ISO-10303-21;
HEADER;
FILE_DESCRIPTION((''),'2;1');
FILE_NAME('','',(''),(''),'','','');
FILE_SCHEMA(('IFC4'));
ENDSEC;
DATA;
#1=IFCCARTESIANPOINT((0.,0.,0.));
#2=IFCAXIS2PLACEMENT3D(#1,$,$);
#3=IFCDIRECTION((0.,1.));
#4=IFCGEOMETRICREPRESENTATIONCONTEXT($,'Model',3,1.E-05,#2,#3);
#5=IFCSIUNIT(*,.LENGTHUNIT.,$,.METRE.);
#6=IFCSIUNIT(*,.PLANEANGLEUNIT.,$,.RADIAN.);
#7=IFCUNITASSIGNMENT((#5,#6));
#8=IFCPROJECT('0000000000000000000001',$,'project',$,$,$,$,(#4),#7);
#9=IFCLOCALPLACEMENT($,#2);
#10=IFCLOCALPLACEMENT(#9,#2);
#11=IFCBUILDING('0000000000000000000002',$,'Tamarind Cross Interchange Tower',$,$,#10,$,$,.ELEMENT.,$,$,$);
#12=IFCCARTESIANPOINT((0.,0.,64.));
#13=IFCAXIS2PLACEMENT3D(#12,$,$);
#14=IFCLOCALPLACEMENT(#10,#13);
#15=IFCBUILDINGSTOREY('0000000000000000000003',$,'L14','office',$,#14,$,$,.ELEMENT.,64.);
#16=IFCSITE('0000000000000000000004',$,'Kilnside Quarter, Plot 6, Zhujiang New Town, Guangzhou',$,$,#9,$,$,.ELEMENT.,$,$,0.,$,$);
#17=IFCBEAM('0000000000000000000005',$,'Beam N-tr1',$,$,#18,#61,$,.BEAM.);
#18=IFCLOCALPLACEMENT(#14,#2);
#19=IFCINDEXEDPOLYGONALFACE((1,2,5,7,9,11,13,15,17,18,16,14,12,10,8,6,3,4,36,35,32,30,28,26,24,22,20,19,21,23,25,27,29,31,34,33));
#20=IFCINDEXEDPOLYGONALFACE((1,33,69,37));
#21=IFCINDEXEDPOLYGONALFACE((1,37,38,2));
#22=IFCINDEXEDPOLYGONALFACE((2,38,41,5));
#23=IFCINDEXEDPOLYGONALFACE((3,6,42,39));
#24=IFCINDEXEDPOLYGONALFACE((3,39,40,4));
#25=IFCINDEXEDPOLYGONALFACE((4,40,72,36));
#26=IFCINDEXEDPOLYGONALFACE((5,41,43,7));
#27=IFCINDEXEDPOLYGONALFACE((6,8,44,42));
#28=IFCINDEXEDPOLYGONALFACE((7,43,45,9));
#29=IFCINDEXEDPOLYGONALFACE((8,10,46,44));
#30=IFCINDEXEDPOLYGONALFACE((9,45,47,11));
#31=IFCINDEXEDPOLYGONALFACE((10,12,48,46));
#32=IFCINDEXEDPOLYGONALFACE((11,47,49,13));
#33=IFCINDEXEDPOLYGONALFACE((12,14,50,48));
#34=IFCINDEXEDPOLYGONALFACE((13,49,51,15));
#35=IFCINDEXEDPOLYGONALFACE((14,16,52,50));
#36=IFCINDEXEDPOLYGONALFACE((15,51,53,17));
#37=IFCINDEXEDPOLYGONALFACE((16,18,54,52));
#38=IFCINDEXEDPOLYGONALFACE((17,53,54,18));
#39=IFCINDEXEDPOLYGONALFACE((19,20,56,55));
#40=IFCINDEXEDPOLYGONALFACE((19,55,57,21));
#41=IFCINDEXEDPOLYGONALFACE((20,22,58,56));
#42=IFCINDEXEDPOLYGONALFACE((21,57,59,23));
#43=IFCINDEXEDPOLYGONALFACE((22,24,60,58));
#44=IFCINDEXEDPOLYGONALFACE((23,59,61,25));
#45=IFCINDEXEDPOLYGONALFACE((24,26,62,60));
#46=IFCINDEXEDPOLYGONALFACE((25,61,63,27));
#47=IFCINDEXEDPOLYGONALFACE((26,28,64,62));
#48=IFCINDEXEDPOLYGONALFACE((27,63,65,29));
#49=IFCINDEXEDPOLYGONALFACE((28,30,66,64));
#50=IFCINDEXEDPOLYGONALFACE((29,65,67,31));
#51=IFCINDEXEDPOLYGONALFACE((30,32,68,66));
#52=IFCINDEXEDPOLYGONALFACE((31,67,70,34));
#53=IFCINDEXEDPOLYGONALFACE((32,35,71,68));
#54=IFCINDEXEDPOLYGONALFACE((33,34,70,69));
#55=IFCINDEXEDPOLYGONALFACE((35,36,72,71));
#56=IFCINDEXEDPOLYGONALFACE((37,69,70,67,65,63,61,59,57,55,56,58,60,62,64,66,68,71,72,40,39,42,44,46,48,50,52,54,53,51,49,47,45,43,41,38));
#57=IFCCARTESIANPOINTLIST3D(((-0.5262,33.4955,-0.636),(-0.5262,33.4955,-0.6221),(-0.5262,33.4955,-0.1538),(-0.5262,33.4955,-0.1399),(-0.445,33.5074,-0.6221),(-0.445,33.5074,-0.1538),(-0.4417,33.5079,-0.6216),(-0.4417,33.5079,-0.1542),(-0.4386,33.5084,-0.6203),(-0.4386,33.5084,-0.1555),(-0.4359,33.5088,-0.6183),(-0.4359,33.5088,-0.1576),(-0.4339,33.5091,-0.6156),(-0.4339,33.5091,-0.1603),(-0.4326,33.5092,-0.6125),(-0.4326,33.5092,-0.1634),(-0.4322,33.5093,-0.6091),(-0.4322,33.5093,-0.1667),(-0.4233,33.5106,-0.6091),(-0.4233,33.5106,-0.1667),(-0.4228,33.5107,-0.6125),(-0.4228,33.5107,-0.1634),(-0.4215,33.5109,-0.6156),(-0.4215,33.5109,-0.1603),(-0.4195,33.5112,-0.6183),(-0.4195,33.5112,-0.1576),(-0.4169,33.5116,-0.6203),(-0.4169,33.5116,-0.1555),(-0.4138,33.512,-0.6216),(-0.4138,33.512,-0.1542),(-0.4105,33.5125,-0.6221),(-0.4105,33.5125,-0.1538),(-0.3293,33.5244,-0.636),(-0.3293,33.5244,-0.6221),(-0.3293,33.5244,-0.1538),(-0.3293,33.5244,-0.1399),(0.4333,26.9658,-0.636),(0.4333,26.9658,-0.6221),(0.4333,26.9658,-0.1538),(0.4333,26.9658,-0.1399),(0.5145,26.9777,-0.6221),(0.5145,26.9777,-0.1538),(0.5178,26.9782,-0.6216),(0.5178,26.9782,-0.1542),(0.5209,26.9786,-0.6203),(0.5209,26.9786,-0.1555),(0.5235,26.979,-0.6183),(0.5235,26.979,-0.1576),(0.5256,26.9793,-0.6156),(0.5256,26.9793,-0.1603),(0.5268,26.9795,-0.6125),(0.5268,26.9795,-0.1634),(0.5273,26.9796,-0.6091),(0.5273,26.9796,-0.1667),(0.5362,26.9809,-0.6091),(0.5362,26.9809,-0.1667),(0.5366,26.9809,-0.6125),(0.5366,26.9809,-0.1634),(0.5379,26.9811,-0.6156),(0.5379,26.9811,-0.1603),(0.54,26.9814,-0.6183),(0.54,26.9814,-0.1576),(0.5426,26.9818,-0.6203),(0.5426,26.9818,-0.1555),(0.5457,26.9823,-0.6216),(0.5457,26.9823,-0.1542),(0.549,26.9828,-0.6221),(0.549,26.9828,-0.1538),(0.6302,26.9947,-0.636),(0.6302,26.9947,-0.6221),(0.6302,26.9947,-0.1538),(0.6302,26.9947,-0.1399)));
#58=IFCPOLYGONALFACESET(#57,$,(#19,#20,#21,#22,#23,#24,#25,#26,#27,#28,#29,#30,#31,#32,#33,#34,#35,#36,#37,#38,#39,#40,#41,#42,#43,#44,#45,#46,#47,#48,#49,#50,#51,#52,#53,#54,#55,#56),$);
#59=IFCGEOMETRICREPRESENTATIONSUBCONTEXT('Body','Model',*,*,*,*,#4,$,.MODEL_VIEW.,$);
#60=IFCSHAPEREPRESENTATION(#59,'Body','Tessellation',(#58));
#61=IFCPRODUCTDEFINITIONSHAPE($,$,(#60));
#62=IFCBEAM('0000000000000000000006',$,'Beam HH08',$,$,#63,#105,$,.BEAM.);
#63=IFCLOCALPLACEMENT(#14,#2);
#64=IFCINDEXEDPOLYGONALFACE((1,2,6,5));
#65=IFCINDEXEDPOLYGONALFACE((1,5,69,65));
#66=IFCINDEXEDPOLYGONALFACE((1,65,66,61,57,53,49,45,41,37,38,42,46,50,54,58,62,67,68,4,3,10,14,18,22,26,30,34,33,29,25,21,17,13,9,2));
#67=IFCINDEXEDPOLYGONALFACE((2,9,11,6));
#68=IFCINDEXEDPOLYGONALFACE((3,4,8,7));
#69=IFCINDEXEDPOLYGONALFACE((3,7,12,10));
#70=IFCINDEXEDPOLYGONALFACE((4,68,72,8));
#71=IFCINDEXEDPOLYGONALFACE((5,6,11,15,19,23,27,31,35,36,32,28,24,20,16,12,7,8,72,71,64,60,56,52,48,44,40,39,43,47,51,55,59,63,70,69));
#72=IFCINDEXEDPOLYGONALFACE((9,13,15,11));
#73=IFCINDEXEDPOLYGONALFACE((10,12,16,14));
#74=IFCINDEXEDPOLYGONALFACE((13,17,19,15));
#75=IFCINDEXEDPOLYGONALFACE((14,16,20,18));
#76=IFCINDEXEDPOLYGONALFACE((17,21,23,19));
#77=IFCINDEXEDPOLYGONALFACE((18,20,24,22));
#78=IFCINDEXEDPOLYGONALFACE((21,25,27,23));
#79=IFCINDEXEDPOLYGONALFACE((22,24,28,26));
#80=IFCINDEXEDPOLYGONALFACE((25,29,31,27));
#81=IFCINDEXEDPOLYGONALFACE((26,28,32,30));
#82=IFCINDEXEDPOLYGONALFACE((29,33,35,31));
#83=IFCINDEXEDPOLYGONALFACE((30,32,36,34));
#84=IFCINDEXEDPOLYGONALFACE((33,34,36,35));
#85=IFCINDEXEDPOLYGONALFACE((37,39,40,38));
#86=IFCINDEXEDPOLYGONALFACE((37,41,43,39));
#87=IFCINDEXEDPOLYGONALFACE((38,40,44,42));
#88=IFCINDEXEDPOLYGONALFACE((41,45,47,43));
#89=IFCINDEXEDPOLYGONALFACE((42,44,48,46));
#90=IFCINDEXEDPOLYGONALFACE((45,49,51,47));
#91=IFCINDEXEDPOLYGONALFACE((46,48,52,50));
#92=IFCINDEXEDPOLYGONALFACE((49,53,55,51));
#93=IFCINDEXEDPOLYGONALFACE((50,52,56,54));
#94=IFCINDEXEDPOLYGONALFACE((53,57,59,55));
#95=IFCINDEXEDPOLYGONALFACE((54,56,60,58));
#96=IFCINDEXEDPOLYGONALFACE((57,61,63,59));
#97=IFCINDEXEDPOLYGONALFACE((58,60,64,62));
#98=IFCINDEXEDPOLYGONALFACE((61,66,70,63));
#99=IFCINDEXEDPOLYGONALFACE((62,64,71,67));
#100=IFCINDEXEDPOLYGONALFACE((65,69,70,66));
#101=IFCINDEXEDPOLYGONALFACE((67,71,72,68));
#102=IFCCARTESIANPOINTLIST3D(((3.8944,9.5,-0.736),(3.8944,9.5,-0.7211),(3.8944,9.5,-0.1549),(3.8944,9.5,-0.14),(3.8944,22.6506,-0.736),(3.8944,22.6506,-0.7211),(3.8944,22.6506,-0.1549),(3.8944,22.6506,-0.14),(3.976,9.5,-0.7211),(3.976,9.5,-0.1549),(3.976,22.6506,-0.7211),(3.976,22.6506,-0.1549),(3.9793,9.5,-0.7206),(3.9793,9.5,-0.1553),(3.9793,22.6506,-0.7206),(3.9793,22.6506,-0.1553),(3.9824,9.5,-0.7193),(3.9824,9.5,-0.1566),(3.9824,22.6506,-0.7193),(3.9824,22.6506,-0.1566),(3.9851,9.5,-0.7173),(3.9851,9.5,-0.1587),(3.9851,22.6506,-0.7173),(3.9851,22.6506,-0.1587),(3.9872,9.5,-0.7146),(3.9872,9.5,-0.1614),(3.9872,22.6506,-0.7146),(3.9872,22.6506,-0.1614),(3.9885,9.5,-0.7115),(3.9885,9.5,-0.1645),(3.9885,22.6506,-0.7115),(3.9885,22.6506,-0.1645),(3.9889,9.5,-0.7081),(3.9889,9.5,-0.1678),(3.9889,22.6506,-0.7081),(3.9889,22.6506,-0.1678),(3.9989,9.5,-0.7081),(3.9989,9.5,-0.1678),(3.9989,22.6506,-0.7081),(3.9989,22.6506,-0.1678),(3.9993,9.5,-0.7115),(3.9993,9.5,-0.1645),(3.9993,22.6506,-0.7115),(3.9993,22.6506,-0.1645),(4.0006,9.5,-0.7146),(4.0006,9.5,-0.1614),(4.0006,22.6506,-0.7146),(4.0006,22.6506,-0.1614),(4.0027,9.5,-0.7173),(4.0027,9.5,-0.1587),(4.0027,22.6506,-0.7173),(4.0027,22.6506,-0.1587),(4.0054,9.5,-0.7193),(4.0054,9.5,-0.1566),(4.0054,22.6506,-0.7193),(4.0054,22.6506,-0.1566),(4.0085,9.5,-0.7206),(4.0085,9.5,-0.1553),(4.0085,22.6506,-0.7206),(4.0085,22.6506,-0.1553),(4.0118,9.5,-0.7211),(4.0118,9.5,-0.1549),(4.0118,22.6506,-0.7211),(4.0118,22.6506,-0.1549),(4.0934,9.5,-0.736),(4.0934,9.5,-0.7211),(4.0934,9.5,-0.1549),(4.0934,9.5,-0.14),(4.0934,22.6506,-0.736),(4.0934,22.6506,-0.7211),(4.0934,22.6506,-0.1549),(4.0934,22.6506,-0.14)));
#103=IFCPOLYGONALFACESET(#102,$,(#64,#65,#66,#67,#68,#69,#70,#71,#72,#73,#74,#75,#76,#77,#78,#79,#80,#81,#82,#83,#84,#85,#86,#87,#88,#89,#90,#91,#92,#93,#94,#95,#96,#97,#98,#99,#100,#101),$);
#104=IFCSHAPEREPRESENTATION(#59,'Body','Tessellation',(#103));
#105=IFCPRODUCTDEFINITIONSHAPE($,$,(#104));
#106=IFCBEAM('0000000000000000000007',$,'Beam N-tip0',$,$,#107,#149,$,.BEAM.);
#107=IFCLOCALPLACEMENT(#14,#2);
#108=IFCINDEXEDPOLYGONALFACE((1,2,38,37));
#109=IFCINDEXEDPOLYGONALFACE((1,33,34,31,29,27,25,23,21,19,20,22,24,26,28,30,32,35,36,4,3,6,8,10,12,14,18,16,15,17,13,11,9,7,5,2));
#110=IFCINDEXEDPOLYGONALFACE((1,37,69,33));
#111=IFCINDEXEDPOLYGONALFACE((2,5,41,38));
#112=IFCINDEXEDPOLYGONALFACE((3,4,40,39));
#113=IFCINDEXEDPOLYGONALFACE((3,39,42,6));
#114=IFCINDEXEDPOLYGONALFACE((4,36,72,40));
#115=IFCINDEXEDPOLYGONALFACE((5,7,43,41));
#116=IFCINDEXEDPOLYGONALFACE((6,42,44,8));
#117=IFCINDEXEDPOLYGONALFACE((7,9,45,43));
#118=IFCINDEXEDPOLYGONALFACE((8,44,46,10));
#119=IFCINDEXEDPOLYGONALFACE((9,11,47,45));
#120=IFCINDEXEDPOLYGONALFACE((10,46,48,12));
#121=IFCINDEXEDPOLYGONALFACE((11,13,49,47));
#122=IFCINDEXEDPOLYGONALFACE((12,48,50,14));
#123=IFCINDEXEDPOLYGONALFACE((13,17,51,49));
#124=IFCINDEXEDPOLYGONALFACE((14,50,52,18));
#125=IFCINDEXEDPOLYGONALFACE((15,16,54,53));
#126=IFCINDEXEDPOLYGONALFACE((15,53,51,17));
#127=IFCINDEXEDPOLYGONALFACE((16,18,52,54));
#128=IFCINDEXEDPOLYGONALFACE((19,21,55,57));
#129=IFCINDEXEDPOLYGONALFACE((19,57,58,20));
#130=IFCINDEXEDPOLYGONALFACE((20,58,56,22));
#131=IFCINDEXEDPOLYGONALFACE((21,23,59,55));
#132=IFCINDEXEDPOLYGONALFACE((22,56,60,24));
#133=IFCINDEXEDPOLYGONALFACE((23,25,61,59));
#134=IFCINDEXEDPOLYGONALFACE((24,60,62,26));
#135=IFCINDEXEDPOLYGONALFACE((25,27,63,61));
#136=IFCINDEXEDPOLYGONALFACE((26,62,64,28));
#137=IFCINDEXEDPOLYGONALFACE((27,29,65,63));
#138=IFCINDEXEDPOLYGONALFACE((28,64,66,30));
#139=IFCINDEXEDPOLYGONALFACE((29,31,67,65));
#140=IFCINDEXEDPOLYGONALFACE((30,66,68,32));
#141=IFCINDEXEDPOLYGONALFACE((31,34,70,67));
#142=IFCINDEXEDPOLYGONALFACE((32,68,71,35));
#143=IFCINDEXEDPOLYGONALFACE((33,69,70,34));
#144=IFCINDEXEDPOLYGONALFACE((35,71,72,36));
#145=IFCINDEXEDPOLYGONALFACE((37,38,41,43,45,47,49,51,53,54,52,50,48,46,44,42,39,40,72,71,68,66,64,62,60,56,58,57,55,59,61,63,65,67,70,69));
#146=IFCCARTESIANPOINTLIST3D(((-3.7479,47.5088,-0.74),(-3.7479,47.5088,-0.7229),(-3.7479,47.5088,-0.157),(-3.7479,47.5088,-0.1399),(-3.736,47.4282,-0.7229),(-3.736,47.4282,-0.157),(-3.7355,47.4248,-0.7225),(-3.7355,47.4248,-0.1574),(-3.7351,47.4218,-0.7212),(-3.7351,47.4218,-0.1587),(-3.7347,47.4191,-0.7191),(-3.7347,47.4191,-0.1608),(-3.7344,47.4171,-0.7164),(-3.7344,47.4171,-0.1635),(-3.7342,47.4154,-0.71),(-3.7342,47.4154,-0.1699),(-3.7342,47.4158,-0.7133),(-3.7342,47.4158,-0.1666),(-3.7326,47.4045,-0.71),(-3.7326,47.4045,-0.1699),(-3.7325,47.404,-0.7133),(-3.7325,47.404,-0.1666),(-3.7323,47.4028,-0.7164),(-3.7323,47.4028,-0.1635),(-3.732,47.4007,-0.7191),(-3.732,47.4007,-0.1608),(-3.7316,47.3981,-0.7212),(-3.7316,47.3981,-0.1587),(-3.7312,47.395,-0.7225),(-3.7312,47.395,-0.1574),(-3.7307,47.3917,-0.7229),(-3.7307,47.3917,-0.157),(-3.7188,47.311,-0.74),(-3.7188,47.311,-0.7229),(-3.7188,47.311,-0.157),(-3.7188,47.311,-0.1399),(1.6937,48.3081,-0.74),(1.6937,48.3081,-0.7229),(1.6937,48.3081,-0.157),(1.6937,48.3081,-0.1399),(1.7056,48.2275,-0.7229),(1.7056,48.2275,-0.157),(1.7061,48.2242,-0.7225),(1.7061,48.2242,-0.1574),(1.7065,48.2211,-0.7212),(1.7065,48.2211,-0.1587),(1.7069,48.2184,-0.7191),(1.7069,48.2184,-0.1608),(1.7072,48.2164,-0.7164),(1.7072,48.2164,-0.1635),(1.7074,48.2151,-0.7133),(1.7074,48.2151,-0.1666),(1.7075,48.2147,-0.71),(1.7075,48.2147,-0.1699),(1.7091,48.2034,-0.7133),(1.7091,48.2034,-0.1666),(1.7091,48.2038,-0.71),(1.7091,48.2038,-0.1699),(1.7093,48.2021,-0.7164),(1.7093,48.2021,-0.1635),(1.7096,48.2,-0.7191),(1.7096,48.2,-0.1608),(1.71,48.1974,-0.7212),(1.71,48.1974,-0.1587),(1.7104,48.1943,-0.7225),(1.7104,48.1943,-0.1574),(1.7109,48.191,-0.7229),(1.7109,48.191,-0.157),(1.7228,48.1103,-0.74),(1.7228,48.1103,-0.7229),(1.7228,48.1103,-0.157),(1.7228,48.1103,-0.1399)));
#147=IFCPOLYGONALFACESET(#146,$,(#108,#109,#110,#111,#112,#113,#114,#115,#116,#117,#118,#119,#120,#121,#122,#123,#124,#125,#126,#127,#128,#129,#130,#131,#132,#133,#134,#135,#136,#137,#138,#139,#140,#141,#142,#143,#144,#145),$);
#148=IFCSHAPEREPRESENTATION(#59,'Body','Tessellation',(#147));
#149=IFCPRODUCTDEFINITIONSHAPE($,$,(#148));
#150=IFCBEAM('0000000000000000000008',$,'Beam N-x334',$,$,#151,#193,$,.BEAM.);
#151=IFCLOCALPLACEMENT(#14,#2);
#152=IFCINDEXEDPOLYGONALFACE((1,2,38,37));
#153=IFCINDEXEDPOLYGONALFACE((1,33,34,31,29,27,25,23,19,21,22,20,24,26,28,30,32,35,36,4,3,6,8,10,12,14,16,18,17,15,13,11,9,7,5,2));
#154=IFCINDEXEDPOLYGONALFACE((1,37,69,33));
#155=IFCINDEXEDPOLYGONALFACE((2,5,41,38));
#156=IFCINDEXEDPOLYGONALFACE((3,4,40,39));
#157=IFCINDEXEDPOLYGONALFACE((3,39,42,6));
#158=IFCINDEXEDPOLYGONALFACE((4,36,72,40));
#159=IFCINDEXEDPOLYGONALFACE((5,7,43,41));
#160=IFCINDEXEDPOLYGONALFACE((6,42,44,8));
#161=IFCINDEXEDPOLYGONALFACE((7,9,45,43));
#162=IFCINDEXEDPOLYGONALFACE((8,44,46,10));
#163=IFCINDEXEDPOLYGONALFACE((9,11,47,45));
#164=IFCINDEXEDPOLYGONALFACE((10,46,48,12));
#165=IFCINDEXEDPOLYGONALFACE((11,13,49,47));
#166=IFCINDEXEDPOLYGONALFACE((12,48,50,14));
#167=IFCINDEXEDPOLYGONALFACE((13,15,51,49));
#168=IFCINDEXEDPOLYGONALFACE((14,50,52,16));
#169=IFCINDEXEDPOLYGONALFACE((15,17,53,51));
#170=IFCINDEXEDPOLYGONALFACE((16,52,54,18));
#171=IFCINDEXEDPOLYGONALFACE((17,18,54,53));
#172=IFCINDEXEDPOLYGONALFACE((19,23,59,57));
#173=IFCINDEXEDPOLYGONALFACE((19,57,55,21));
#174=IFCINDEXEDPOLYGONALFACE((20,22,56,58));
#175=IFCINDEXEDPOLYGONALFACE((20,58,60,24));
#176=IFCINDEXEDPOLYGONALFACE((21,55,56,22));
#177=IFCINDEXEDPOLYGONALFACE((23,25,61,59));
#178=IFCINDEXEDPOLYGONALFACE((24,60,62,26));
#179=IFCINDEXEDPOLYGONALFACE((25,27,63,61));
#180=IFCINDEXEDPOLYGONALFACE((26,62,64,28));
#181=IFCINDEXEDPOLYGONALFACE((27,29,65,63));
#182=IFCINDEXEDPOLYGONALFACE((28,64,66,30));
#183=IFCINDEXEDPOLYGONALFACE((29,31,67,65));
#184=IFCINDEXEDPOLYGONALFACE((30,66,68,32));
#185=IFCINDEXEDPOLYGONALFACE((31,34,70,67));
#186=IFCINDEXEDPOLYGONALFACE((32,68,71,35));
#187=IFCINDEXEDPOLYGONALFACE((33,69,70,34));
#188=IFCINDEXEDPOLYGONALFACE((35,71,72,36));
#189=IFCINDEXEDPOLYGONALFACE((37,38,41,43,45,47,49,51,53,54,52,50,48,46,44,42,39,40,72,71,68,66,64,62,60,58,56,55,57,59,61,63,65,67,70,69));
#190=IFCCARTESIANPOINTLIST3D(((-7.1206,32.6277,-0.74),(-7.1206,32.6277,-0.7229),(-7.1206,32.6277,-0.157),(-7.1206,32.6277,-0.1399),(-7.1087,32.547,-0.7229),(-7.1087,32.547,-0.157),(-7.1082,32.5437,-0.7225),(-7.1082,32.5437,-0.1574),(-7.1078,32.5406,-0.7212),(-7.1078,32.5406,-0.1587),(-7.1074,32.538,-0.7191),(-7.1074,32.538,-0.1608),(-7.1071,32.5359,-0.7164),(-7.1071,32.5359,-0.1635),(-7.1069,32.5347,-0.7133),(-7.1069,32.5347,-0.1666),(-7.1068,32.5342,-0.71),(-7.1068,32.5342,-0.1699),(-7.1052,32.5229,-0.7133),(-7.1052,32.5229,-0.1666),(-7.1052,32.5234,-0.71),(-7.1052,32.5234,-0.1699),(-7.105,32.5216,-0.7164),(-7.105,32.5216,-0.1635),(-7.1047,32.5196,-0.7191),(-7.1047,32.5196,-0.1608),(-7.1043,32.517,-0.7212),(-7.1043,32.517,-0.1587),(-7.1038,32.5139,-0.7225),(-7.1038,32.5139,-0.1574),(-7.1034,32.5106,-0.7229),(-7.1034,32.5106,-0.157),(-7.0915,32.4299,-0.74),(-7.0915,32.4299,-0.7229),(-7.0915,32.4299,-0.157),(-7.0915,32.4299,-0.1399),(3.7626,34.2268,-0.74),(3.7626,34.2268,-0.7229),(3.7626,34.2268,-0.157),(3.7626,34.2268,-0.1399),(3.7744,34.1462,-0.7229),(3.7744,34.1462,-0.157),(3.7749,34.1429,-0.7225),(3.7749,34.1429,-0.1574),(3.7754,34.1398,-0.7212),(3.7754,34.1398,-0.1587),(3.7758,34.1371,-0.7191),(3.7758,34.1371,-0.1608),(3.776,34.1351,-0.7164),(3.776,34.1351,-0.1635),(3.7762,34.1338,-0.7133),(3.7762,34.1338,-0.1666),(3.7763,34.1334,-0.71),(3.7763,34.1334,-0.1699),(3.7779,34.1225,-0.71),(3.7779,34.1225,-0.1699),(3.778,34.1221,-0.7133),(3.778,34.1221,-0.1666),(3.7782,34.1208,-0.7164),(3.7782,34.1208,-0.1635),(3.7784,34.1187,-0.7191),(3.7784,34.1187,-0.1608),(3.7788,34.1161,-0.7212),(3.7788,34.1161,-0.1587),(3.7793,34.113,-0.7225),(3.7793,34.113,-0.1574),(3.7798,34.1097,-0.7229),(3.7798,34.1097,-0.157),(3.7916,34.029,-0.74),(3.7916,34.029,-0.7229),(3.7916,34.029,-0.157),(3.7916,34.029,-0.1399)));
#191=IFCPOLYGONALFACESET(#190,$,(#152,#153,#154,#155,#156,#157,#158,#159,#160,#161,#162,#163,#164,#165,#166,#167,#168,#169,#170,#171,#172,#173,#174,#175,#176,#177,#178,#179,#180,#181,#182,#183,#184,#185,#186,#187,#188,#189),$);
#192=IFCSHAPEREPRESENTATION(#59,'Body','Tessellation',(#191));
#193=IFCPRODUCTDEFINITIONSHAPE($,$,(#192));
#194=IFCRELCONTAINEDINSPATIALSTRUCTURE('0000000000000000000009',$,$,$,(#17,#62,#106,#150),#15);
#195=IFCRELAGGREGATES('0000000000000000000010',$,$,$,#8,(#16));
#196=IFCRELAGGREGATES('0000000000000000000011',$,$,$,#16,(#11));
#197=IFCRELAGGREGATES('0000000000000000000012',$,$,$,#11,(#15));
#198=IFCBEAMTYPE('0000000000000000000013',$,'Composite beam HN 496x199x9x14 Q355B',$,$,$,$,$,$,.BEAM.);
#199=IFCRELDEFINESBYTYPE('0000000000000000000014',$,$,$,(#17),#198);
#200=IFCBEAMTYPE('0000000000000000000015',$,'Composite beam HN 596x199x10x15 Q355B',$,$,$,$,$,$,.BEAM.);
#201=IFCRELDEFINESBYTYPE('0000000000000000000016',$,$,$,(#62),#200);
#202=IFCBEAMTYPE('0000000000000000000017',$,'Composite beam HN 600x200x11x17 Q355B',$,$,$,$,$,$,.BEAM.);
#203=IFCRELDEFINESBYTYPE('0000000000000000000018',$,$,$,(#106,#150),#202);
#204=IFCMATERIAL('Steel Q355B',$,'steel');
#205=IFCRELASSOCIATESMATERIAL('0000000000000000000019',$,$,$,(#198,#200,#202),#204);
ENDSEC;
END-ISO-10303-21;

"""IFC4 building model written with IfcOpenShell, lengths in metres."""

from ifc_helpers import new_model, si_unit, direction, frame, origin, origin_2d, place, context, subcontext, project, spatial, i_section, extrude, material, material_profile, profile_set, type_object, element, save


model = new_model("IFC4")

# Units and contexts
model_context = context("Model", 3, precision=1e-05, world=origin(), true_north=direction((0.0, 1.0)))
body_context = subcontext(model_context, "Body", "Model", "MODEL_VIEW")
ifc_project = project(units=[si_unit("LENGTHUNIT", "METRE"), si_unit("PLANEANGLEUNIT", "RADIAN")], contexts=[model_context])

# Site, building, storey
site_placement = place(None, origin())
site = spatial("IfcSite", under=ifc_project, at=site_placement, Name="Kilnside Quarter, Plot 6, Zhujiang New Town, Guangzhou", CompositionType="ELEMENT", RefElevation=0.0)
building_placement = place(site_placement, origin())
building = spatial("IfcBuilding", under=site, at=building_placement, Name="Tamarind Cross Interchange Tower", CompositionType="ELEMENT")
storey_placement = place(building_placement, frame((0.0, 0.0, 64.0)))
storey = spatial("IfcBuildingStorey", under=building, at=storey_placement, Name="L14", Description="office", CompositionType="ELEMENT", Elevation=64.0)

# Beams
ifc_material_1 = material(Name="Steel Q355B", Category="steel")
ifc_material_profile_1 = material_profile(ifc_material_1, i_section(OverallWidth=0.199, OverallDepth=0.4961, WebThickness=0.009, FlangeThickness=0.0139, FilletRadius=0.0129, at=origin_2d()), Name="HN 496x199x9x14")
ifc_profile_set_1 = profile_set([ifc_material_profile_1], Name="Steel Q355B")
beam_type_1 = type_object("IfcBeamType", Name="Composite beam HN 496x199x9x14 Q355B", PredefinedType="BEAM", material=ifc_profile_set_1)
beam_1_placement = place(storey_placement, frame((0.5317, 26.9802, -0.3879), z_axis=(-0.145377, 0.989376, 0.0), x_axis=(-0.989376, -0.145377, 0.0)))
element("IfcBeam", 1, at=beam_1_placement, inside=storey, type_object=beam_type_1, Name="Beam N-tr1", PredefinedType="BEAM", context=body_context, shape_type="SweptSolid", body=[
    extrude(i_section(OverallWidth=0.199, OverallDepth=0.4961, WebThickness=0.009, FlangeThickness=0.0139, FilletRadius=0.0129, at=origin_2d()), origin(), (0.0, 0.0, 1.0), 6.5999),
])
ifc_material_profile_2 = material_profile(ifc_material_1, i_section(OverallWidth=0.199, OverallDepth=0.5959, WebThickness=0.01, FlangeThickness=0.0149, FilletRadius=0.0129, at=origin_2d()), Name="HN 596x199x10x15")
ifc_profile_set_2 = profile_set([ifc_material_profile_2], Name="Steel Q355B")
beam_type_2 = type_object("IfcBeamType", Name="Composite beam HN 596x199x10x15 Q355B", PredefinedType="BEAM", material=ifc_profile_set_2)
beam_2_placement = place(storey_placement, frame((3.9939, 22.6506, -0.438), z_axis=(0.0, -1.0, 0.0), x_axis=(1.0, 0.0, 0.0)))
element("IfcBeam", 2, at=beam_2_placement, inside=storey, type_object=beam_type_2, Name="Beam HH08", PredefinedType="BEAM", context=body_context, shape_type="SweptSolid", body=[
    extrude(i_section(OverallWidth=0.199, OverallDepth=0.5959, WebThickness=0.01, FlangeThickness=0.0149, FilletRadius=0.0129, at=origin_2d()), origin(), (0.0, 0.0, 1.0), 13.1506),
])
ifc_material_profile_3 = material_profile(ifc_material_1, i_section(OverallWidth=0.2, OverallDepth=0.6001, WebThickness=0.011, FlangeThickness=0.0171, FilletRadius=0.0129, at=origin_2d()), Name="HN 600x200x11x17")
ifc_profile_set_3 = profile_set([ifc_material_profile_3], Name="Steel Q355B")
beam_type_3 = type_object("IfcBeamType", Name="Composite beam HN 600x200x11x17 Q355B", PredefinedType="BEAM", material=ifc_profile_set_3)
beam_3_placement = place(storey_placement, frame((1.7083, 48.2092, -0.4399), z_axis=(-0.989383, -0.145329, 0.0), x_axis=(0.145329, -0.989383, 0.0)))
element("IfcBeam", 3, at=beam_3_placement, inside=storey, type_object=beam_type_3, Name="Beam N-tip0", PredefinedType="BEAM", context=body_context, shape_type="SweptSolid", body=[
    extrude(i_section(OverallWidth=0.2, OverallDepth=0.6001, WebThickness=0.011, FlangeThickness=0.0171, FilletRadius=0.0129, at=origin_2d()), origin(), (0.0, 0.0, 1.0), 5.5),
])
for number, where, z_axis, x_axis, name in (
    (4, (3.7771, 34.1279, -0.4399), (-0.989377, -0.145376, 0.0), (0.145376, -0.989377, 0.0), "Beam N-x334"),
):
    element("IfcBeam", number, at=place(storey_placement, frame(where, z_axis=z_axis, x_axis=x_axis)), inside=storey, type_object=beam_type_3, Name=name, PredefinedType="BEAM", context=body_context, shape_type="SweptSolid", body=[
        extrude(i_section(OverallWidth=0.2, OverallDepth=0.6001, WebThickness=0.011, FlangeThickness=0.0171, FilletRadius=0.0129, at=origin_2d()), origin(), (0.0, 0.0, 1.0), 11.0),
    ])

save(model, "model.ifc")
